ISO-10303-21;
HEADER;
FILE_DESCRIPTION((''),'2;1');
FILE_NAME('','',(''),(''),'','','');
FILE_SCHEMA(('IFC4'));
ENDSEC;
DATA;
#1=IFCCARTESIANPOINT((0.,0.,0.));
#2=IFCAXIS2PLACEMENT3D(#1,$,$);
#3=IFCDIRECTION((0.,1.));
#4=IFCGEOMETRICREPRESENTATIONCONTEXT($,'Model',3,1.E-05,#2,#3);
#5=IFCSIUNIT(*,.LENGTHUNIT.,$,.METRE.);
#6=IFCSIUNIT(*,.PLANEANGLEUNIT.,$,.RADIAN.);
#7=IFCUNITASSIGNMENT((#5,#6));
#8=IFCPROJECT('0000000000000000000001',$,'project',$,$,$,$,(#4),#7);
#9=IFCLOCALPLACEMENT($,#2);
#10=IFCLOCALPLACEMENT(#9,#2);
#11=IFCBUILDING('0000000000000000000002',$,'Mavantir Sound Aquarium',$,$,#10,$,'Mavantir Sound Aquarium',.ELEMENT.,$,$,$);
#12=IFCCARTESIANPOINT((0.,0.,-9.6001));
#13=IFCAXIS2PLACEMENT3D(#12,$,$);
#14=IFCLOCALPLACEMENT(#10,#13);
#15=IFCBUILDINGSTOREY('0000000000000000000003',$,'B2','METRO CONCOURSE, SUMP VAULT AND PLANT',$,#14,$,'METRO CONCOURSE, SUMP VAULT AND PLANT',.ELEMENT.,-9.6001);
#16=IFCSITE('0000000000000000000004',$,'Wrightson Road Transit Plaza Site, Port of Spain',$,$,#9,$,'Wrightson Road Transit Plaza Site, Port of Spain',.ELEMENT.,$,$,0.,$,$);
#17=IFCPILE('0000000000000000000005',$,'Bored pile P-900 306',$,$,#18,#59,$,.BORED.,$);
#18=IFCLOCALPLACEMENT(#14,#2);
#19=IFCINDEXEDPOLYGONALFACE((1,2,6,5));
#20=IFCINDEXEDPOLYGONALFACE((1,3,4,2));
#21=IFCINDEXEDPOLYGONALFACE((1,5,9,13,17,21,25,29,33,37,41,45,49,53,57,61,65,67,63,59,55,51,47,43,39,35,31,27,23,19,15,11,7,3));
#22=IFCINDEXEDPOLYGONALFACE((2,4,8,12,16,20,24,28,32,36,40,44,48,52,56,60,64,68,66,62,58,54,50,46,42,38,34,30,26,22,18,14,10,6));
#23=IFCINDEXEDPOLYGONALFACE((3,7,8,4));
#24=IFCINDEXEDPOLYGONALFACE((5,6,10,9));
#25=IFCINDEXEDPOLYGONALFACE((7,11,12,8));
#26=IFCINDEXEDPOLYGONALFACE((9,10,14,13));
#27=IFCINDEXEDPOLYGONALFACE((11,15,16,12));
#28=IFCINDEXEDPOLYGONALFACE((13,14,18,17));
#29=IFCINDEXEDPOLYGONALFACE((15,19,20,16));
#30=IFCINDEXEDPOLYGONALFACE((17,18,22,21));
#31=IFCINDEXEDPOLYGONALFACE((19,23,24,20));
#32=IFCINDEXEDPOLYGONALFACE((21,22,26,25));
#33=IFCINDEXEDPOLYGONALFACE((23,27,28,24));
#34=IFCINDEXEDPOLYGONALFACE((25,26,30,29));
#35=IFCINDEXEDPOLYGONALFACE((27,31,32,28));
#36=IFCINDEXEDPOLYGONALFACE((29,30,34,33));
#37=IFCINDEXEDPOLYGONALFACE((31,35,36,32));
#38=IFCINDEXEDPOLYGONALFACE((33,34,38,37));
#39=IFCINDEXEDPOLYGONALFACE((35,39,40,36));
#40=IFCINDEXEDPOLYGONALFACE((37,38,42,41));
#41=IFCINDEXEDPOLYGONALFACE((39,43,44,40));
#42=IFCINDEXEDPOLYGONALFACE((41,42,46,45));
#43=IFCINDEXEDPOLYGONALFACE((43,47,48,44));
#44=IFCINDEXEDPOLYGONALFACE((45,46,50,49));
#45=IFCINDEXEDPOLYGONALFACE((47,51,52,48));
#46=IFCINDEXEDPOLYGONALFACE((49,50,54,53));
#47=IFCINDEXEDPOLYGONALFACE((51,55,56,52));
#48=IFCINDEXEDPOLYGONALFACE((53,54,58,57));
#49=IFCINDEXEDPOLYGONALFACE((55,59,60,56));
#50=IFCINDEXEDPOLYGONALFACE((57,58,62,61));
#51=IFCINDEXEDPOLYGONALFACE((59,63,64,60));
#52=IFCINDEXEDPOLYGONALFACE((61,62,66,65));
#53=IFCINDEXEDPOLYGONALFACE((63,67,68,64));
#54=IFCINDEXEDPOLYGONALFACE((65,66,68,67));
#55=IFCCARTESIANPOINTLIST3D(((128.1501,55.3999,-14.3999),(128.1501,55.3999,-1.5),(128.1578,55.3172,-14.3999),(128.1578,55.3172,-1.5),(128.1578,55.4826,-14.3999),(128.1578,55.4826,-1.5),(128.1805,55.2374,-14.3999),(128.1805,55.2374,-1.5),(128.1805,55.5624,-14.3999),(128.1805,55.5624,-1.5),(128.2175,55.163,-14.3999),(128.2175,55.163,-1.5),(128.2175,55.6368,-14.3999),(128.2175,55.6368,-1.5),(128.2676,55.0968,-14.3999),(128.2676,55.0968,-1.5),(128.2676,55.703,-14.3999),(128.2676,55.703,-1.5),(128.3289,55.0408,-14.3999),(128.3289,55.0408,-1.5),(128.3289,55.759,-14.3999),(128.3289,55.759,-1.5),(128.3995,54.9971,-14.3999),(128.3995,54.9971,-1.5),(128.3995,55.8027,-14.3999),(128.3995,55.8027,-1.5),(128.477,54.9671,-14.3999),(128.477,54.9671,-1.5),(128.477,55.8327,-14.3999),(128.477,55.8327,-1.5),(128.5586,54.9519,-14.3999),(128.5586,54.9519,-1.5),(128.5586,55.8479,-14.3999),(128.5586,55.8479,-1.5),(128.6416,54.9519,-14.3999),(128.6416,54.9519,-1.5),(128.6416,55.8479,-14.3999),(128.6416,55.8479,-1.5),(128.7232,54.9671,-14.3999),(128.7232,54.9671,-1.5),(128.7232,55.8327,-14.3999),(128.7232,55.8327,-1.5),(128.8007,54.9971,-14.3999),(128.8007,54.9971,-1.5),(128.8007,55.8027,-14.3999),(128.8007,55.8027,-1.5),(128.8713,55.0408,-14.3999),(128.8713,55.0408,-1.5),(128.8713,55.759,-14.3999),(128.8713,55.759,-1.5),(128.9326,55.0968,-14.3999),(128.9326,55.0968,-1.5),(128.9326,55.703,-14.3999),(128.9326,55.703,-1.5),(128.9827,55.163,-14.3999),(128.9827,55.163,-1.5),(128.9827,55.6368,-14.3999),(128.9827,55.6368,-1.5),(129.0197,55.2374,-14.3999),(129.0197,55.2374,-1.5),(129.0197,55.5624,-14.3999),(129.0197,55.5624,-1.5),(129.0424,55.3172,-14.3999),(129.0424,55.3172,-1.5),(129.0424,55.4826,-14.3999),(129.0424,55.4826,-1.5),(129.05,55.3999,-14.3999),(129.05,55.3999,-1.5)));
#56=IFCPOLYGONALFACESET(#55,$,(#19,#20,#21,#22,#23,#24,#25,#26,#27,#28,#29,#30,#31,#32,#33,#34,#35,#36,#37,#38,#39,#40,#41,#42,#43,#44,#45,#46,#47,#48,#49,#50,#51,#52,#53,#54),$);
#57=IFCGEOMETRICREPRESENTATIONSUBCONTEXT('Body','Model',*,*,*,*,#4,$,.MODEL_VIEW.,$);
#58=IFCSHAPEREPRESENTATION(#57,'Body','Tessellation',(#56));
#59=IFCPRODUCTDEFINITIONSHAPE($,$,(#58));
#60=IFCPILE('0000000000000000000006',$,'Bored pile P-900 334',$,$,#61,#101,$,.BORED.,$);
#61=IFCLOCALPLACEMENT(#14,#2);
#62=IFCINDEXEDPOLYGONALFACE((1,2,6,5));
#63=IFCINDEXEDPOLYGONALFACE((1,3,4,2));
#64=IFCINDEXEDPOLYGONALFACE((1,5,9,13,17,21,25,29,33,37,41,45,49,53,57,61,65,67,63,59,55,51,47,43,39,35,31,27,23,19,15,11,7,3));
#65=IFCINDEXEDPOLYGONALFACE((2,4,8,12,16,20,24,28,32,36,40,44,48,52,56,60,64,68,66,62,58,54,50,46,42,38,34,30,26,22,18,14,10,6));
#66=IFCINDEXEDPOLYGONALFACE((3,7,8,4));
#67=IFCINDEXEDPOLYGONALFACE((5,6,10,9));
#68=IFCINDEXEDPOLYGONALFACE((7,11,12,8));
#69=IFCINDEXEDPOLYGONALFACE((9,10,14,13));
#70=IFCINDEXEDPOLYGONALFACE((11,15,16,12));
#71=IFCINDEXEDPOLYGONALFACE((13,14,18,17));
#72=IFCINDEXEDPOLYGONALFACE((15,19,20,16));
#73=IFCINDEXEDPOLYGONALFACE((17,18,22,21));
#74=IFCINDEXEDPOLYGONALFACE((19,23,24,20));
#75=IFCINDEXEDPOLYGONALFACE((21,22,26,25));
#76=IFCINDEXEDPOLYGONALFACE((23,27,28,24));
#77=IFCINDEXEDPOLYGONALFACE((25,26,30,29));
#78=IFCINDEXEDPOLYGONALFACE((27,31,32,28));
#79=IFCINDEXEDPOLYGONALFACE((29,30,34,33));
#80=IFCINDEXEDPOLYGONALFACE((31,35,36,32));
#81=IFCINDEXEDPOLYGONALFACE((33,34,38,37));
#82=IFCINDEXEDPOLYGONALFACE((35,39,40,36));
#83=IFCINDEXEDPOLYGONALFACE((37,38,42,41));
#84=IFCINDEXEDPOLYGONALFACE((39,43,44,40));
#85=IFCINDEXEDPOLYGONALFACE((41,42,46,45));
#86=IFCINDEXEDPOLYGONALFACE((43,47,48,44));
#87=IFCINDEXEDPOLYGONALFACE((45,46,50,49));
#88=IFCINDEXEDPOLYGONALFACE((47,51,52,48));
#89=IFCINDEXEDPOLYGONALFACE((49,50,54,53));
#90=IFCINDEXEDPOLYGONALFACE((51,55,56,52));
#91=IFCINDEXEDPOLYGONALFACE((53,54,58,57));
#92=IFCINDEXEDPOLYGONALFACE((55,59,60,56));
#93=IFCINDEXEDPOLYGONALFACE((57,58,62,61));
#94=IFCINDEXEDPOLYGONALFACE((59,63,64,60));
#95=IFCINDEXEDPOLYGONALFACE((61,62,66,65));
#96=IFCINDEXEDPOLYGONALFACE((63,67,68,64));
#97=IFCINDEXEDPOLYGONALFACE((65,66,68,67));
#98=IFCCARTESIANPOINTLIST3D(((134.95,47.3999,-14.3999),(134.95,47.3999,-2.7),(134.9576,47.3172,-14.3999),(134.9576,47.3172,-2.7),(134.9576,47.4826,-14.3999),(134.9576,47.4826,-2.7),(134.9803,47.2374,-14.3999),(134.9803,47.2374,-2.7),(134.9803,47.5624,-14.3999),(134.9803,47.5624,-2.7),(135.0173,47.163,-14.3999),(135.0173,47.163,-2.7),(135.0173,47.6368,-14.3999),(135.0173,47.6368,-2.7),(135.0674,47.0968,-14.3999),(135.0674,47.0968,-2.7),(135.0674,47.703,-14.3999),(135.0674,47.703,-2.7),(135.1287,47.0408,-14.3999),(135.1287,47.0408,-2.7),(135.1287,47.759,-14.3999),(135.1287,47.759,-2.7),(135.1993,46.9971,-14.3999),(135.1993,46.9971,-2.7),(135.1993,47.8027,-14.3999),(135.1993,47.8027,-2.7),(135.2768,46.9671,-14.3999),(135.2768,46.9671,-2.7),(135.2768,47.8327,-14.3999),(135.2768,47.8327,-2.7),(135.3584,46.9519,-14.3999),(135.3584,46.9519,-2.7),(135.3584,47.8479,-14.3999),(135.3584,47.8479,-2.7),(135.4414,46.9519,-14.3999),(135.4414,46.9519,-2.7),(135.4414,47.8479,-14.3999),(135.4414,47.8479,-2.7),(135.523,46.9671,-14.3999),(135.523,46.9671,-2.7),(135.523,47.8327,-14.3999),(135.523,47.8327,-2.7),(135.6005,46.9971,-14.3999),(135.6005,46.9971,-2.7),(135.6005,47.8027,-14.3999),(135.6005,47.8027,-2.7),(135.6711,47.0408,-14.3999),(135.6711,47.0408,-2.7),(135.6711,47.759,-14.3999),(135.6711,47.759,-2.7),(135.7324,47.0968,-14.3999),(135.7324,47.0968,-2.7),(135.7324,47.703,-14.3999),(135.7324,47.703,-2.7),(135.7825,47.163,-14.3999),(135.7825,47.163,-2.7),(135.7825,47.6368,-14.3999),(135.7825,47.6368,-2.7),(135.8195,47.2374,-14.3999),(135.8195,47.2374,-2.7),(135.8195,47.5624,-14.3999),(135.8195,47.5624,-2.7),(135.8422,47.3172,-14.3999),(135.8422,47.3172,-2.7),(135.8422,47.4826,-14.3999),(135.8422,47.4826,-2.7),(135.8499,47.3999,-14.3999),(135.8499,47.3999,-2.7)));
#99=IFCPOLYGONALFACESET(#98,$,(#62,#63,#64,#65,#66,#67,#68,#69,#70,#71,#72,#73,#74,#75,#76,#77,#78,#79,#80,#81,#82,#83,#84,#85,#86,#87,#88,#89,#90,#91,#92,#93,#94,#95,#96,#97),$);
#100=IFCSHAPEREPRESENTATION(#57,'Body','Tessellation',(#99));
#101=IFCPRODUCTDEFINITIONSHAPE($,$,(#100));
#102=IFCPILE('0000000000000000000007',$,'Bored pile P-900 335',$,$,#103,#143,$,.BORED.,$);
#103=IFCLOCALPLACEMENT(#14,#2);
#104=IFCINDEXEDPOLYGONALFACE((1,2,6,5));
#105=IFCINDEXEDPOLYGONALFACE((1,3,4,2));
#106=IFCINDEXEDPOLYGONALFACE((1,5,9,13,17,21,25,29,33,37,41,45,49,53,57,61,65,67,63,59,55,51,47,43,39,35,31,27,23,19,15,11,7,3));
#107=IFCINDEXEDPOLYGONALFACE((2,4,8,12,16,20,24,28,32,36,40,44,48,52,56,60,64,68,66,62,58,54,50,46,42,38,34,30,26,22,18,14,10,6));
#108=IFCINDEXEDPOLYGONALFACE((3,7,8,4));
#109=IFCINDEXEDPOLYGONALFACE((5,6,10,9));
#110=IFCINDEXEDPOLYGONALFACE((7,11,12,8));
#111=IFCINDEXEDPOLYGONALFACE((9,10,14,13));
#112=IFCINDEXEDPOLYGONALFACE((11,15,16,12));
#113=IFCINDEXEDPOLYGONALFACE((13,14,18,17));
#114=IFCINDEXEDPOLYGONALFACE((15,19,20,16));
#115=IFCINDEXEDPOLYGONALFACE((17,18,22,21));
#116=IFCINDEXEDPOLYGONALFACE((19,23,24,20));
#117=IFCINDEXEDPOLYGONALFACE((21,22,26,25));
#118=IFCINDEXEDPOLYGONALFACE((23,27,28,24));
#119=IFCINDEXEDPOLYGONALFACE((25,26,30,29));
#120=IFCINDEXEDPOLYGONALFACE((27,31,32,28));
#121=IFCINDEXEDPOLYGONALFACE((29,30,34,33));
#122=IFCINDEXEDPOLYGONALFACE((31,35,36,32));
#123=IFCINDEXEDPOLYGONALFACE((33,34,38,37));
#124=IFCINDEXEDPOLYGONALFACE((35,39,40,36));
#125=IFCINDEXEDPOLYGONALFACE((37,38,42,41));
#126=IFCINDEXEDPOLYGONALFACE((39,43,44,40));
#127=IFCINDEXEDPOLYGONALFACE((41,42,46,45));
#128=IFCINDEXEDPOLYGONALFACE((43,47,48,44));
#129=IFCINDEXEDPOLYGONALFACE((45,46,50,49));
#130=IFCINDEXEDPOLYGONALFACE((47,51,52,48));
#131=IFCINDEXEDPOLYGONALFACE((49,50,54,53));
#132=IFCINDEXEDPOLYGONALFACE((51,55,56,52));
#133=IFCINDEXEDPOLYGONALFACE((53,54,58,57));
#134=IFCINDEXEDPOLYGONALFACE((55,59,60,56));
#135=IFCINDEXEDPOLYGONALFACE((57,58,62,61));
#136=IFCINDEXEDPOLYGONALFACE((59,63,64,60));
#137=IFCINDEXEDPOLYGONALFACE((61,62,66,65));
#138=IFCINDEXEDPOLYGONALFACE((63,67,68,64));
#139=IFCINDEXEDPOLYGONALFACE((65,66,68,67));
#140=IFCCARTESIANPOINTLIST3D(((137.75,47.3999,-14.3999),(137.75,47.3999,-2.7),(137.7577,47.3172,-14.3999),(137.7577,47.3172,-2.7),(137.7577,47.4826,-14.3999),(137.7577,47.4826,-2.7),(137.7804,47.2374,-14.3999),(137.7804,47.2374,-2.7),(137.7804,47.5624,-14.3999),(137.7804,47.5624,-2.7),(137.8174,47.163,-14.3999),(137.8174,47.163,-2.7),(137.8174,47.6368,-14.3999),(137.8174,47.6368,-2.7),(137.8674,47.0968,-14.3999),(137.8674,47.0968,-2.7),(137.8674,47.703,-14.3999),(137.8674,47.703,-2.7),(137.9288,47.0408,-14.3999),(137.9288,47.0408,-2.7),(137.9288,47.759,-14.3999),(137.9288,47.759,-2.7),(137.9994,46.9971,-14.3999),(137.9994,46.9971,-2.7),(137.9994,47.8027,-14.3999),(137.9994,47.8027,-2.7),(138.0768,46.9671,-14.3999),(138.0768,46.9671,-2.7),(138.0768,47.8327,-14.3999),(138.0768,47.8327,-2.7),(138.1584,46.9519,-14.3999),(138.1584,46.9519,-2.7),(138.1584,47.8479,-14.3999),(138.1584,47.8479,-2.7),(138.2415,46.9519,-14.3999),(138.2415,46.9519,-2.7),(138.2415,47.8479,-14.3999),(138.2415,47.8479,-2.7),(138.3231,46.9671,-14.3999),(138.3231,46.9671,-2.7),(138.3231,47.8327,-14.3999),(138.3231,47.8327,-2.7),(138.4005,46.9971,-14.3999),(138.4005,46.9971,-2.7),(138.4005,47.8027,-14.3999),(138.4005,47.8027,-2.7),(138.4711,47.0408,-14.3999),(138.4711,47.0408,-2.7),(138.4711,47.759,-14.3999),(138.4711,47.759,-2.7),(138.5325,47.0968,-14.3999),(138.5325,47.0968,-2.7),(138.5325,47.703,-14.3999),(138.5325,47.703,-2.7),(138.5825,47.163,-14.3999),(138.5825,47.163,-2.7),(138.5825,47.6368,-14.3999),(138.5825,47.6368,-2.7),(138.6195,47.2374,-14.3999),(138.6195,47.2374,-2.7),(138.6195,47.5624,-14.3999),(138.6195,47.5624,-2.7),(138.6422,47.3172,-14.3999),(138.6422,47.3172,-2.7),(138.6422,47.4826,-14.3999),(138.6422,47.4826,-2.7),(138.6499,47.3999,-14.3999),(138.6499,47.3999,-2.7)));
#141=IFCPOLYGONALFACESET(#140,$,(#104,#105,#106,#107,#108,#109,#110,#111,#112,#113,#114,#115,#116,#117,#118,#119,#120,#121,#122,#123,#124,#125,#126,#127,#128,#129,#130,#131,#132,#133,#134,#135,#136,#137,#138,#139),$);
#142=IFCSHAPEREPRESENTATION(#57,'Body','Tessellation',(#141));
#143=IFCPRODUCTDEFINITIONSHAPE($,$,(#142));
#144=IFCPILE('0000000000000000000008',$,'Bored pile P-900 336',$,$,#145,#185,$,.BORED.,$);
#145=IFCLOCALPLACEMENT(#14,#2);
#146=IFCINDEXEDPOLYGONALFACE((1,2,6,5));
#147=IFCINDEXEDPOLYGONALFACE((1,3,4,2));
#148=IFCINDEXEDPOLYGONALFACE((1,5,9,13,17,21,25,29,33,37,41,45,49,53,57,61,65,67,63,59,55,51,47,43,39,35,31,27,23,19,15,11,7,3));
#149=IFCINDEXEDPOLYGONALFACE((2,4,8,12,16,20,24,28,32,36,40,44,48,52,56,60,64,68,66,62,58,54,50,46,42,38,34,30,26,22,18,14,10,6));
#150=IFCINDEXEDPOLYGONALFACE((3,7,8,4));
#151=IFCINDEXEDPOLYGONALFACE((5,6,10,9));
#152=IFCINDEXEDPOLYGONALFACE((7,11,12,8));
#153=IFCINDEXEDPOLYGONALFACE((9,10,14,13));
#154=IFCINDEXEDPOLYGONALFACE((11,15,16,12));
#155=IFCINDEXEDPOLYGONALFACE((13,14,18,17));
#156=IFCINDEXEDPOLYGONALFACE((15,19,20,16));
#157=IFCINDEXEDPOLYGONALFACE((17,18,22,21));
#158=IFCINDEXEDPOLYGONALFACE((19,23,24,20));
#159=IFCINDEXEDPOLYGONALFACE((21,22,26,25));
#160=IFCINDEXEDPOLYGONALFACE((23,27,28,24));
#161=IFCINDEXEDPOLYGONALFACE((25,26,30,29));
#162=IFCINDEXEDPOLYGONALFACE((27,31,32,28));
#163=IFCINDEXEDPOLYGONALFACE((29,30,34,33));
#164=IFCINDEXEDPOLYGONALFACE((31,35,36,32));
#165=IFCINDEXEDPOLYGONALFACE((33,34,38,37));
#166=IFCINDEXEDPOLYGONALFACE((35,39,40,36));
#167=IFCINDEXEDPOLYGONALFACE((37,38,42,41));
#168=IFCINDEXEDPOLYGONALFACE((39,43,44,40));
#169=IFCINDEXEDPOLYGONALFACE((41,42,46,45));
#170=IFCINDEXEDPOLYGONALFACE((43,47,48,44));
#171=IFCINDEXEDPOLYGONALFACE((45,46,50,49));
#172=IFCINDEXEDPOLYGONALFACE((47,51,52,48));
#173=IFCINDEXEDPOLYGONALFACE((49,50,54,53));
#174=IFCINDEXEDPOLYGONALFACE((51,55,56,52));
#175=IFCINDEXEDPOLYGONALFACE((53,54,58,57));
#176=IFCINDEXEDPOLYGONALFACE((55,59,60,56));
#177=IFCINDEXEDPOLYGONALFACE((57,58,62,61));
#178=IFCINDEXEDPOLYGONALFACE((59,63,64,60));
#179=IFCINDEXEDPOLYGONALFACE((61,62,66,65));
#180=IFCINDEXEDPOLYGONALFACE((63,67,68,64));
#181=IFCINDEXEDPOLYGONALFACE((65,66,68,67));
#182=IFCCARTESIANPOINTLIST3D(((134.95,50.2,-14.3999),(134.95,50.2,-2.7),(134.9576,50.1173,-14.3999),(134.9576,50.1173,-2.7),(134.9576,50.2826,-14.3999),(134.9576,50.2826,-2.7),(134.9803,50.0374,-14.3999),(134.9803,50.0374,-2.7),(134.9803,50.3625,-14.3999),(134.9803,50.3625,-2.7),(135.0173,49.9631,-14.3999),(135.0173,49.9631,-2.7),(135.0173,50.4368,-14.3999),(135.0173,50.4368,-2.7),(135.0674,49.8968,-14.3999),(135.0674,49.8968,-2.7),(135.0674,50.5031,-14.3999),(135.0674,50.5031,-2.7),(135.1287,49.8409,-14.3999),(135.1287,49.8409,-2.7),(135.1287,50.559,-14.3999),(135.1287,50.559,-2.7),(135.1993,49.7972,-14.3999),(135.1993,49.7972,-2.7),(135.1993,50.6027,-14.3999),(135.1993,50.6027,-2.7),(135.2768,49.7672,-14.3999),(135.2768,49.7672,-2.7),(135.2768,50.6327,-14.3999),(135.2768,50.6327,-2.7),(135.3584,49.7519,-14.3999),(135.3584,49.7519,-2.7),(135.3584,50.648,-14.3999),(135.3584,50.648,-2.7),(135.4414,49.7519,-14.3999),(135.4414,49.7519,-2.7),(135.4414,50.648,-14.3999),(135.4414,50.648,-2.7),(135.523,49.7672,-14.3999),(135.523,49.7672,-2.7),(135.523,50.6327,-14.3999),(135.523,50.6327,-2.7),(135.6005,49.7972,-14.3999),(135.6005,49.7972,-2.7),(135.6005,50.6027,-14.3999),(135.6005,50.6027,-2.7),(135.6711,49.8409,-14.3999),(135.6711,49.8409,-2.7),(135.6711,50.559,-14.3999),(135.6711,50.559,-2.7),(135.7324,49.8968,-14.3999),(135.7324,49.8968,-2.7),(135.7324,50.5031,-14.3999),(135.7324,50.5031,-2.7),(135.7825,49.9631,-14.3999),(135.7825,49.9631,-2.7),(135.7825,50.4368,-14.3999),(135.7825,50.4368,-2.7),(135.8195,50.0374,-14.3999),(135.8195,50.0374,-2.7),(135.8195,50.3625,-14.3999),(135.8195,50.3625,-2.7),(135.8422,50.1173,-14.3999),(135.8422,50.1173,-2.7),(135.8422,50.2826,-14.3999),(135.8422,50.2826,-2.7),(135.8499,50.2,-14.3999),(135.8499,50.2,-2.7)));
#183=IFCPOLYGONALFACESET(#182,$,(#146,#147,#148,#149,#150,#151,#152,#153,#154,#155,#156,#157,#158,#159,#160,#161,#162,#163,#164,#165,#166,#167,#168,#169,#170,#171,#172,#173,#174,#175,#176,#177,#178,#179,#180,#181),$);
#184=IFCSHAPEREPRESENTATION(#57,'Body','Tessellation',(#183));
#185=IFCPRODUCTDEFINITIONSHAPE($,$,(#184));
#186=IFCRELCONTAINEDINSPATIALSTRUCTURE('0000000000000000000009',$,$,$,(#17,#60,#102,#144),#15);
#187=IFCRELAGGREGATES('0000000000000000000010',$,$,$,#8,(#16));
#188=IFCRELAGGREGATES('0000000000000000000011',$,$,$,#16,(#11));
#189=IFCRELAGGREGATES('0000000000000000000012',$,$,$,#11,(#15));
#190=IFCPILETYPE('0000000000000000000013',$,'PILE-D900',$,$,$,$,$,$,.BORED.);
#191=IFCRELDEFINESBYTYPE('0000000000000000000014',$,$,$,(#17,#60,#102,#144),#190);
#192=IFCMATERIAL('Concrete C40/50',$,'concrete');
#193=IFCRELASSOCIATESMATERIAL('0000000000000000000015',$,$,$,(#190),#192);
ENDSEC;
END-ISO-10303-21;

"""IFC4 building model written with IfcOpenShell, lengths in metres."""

from ifc_helpers import new_model, si_unit, direction, frame, origin, origin_2d, place, context, subcontext, project, spatial, circle, extrude, material, material_profile, profile_set, type_object, element, save


model = new_model("IFC4")

# Units and contexts
model_context = context("Model", 3, precision=1e-05, world=origin(), true_north=direction((0.0, 1.0)))
body_context = subcontext(model_context, "Body", "Model", "MODEL_VIEW")
ifc_project = project(units=[si_unit("LENGTHUNIT", "METRE"), si_unit("PLANEANGLEUNIT", "RADIAN")], contexts=[model_context])

# Site, building, storey
site_placement = place(None, origin())
site = spatial("IfcSite", under=ifc_project, at=site_placement, Name="Wrightson Road Transit Plaza Site, Port of Spain", LongName="Wrightson Road Transit Plaza Site, Port of Spain", CompositionType="ELEMENT", RefElevation=0.0)
building_placement = place(site_placement, origin())
building = spatial("IfcBuilding", under=site, at=building_placement, Name="Mavantir Sound Aquarium", LongName="Mavantir Sound Aquarium", CompositionType="ELEMENT")
storey_placement = place(building_placement, frame((0.0, 0.0, -9.6001)))
storey = spatial("IfcBuildingStorey", under=building, at=storey_placement, Name="B2", Description="METRO CONCOURSE, SUMP VAULT AND PLANT", LongName="METRO CONCOURSE, SUMP VAULT AND PLANT", CompositionType="ELEMENT", Elevation=-9.6001)

# Shared definitions
ifc_material_1 = material(Name="Concrete C40/50", Category="concrete")

# Piles
ifc_material_profile_1 = material_profile(ifc_material_1, circle(Radius=0.45, at=origin_2d()), Name="PILE D900")
ifc_profile_set_1 = profile_set([ifc_material_profile_1], Name="Concrete C40/50")
pile_type = type_object("IfcPileType", Name="PILE-D900", PredefinedType="BORED", material=ifc_profile_set_1)
pile_1_placement = place(storey_placement, frame((128.6001, 55.3999, -1.5), z_axis=(0.0, 0.0, -1.0), x_axis=(1.0, 0.0, 0.0)))
element("IfcPile", 1, at=pile_1_placement, inside=storey, type_object=pile_type, Name="Bored pile P-900 306", PredefinedType="BORED", context=body_context, shape_type="SweptSolid", body=[
    extrude(circle(Radius=0.45, at=origin_2d()), origin(), (0.0, 0.0, 1.0), 12.8999),
])
for number, where, z_axis, x_axis, name in (
    (2, (135.3999, 47.3999, -2.7), (0.0, 0.0, -1.0), (1.0, 0.0, 0.0), "Bored pile P-900 334"),
    (3, (138.2, 47.3999, -2.7), (0.0, 0.0, -1.0), (1.0, 0.0, 0.0), "Bored pile P-900 335"),
    (4, (135.3999, 50.2, -2.7), (0.0, 0.0, -1.0), (1.0, 0.0, 0.0), "Bored pile P-900 336"),
):
    element("IfcPile", number, at=place(storey_placement, frame(where, z_axis=z_axis, x_axis=x_axis)), inside=storey, type_object=pile_type, Name=name, PredefinedType="BORED", context=body_context, shape_type="SweptSolid", body=[
        extrude(circle(Radius=0.45, at=origin_2d()), origin(), (0.0, 0.0, 1.0), 11.7),
    ])

save(model, "model.ifc")
